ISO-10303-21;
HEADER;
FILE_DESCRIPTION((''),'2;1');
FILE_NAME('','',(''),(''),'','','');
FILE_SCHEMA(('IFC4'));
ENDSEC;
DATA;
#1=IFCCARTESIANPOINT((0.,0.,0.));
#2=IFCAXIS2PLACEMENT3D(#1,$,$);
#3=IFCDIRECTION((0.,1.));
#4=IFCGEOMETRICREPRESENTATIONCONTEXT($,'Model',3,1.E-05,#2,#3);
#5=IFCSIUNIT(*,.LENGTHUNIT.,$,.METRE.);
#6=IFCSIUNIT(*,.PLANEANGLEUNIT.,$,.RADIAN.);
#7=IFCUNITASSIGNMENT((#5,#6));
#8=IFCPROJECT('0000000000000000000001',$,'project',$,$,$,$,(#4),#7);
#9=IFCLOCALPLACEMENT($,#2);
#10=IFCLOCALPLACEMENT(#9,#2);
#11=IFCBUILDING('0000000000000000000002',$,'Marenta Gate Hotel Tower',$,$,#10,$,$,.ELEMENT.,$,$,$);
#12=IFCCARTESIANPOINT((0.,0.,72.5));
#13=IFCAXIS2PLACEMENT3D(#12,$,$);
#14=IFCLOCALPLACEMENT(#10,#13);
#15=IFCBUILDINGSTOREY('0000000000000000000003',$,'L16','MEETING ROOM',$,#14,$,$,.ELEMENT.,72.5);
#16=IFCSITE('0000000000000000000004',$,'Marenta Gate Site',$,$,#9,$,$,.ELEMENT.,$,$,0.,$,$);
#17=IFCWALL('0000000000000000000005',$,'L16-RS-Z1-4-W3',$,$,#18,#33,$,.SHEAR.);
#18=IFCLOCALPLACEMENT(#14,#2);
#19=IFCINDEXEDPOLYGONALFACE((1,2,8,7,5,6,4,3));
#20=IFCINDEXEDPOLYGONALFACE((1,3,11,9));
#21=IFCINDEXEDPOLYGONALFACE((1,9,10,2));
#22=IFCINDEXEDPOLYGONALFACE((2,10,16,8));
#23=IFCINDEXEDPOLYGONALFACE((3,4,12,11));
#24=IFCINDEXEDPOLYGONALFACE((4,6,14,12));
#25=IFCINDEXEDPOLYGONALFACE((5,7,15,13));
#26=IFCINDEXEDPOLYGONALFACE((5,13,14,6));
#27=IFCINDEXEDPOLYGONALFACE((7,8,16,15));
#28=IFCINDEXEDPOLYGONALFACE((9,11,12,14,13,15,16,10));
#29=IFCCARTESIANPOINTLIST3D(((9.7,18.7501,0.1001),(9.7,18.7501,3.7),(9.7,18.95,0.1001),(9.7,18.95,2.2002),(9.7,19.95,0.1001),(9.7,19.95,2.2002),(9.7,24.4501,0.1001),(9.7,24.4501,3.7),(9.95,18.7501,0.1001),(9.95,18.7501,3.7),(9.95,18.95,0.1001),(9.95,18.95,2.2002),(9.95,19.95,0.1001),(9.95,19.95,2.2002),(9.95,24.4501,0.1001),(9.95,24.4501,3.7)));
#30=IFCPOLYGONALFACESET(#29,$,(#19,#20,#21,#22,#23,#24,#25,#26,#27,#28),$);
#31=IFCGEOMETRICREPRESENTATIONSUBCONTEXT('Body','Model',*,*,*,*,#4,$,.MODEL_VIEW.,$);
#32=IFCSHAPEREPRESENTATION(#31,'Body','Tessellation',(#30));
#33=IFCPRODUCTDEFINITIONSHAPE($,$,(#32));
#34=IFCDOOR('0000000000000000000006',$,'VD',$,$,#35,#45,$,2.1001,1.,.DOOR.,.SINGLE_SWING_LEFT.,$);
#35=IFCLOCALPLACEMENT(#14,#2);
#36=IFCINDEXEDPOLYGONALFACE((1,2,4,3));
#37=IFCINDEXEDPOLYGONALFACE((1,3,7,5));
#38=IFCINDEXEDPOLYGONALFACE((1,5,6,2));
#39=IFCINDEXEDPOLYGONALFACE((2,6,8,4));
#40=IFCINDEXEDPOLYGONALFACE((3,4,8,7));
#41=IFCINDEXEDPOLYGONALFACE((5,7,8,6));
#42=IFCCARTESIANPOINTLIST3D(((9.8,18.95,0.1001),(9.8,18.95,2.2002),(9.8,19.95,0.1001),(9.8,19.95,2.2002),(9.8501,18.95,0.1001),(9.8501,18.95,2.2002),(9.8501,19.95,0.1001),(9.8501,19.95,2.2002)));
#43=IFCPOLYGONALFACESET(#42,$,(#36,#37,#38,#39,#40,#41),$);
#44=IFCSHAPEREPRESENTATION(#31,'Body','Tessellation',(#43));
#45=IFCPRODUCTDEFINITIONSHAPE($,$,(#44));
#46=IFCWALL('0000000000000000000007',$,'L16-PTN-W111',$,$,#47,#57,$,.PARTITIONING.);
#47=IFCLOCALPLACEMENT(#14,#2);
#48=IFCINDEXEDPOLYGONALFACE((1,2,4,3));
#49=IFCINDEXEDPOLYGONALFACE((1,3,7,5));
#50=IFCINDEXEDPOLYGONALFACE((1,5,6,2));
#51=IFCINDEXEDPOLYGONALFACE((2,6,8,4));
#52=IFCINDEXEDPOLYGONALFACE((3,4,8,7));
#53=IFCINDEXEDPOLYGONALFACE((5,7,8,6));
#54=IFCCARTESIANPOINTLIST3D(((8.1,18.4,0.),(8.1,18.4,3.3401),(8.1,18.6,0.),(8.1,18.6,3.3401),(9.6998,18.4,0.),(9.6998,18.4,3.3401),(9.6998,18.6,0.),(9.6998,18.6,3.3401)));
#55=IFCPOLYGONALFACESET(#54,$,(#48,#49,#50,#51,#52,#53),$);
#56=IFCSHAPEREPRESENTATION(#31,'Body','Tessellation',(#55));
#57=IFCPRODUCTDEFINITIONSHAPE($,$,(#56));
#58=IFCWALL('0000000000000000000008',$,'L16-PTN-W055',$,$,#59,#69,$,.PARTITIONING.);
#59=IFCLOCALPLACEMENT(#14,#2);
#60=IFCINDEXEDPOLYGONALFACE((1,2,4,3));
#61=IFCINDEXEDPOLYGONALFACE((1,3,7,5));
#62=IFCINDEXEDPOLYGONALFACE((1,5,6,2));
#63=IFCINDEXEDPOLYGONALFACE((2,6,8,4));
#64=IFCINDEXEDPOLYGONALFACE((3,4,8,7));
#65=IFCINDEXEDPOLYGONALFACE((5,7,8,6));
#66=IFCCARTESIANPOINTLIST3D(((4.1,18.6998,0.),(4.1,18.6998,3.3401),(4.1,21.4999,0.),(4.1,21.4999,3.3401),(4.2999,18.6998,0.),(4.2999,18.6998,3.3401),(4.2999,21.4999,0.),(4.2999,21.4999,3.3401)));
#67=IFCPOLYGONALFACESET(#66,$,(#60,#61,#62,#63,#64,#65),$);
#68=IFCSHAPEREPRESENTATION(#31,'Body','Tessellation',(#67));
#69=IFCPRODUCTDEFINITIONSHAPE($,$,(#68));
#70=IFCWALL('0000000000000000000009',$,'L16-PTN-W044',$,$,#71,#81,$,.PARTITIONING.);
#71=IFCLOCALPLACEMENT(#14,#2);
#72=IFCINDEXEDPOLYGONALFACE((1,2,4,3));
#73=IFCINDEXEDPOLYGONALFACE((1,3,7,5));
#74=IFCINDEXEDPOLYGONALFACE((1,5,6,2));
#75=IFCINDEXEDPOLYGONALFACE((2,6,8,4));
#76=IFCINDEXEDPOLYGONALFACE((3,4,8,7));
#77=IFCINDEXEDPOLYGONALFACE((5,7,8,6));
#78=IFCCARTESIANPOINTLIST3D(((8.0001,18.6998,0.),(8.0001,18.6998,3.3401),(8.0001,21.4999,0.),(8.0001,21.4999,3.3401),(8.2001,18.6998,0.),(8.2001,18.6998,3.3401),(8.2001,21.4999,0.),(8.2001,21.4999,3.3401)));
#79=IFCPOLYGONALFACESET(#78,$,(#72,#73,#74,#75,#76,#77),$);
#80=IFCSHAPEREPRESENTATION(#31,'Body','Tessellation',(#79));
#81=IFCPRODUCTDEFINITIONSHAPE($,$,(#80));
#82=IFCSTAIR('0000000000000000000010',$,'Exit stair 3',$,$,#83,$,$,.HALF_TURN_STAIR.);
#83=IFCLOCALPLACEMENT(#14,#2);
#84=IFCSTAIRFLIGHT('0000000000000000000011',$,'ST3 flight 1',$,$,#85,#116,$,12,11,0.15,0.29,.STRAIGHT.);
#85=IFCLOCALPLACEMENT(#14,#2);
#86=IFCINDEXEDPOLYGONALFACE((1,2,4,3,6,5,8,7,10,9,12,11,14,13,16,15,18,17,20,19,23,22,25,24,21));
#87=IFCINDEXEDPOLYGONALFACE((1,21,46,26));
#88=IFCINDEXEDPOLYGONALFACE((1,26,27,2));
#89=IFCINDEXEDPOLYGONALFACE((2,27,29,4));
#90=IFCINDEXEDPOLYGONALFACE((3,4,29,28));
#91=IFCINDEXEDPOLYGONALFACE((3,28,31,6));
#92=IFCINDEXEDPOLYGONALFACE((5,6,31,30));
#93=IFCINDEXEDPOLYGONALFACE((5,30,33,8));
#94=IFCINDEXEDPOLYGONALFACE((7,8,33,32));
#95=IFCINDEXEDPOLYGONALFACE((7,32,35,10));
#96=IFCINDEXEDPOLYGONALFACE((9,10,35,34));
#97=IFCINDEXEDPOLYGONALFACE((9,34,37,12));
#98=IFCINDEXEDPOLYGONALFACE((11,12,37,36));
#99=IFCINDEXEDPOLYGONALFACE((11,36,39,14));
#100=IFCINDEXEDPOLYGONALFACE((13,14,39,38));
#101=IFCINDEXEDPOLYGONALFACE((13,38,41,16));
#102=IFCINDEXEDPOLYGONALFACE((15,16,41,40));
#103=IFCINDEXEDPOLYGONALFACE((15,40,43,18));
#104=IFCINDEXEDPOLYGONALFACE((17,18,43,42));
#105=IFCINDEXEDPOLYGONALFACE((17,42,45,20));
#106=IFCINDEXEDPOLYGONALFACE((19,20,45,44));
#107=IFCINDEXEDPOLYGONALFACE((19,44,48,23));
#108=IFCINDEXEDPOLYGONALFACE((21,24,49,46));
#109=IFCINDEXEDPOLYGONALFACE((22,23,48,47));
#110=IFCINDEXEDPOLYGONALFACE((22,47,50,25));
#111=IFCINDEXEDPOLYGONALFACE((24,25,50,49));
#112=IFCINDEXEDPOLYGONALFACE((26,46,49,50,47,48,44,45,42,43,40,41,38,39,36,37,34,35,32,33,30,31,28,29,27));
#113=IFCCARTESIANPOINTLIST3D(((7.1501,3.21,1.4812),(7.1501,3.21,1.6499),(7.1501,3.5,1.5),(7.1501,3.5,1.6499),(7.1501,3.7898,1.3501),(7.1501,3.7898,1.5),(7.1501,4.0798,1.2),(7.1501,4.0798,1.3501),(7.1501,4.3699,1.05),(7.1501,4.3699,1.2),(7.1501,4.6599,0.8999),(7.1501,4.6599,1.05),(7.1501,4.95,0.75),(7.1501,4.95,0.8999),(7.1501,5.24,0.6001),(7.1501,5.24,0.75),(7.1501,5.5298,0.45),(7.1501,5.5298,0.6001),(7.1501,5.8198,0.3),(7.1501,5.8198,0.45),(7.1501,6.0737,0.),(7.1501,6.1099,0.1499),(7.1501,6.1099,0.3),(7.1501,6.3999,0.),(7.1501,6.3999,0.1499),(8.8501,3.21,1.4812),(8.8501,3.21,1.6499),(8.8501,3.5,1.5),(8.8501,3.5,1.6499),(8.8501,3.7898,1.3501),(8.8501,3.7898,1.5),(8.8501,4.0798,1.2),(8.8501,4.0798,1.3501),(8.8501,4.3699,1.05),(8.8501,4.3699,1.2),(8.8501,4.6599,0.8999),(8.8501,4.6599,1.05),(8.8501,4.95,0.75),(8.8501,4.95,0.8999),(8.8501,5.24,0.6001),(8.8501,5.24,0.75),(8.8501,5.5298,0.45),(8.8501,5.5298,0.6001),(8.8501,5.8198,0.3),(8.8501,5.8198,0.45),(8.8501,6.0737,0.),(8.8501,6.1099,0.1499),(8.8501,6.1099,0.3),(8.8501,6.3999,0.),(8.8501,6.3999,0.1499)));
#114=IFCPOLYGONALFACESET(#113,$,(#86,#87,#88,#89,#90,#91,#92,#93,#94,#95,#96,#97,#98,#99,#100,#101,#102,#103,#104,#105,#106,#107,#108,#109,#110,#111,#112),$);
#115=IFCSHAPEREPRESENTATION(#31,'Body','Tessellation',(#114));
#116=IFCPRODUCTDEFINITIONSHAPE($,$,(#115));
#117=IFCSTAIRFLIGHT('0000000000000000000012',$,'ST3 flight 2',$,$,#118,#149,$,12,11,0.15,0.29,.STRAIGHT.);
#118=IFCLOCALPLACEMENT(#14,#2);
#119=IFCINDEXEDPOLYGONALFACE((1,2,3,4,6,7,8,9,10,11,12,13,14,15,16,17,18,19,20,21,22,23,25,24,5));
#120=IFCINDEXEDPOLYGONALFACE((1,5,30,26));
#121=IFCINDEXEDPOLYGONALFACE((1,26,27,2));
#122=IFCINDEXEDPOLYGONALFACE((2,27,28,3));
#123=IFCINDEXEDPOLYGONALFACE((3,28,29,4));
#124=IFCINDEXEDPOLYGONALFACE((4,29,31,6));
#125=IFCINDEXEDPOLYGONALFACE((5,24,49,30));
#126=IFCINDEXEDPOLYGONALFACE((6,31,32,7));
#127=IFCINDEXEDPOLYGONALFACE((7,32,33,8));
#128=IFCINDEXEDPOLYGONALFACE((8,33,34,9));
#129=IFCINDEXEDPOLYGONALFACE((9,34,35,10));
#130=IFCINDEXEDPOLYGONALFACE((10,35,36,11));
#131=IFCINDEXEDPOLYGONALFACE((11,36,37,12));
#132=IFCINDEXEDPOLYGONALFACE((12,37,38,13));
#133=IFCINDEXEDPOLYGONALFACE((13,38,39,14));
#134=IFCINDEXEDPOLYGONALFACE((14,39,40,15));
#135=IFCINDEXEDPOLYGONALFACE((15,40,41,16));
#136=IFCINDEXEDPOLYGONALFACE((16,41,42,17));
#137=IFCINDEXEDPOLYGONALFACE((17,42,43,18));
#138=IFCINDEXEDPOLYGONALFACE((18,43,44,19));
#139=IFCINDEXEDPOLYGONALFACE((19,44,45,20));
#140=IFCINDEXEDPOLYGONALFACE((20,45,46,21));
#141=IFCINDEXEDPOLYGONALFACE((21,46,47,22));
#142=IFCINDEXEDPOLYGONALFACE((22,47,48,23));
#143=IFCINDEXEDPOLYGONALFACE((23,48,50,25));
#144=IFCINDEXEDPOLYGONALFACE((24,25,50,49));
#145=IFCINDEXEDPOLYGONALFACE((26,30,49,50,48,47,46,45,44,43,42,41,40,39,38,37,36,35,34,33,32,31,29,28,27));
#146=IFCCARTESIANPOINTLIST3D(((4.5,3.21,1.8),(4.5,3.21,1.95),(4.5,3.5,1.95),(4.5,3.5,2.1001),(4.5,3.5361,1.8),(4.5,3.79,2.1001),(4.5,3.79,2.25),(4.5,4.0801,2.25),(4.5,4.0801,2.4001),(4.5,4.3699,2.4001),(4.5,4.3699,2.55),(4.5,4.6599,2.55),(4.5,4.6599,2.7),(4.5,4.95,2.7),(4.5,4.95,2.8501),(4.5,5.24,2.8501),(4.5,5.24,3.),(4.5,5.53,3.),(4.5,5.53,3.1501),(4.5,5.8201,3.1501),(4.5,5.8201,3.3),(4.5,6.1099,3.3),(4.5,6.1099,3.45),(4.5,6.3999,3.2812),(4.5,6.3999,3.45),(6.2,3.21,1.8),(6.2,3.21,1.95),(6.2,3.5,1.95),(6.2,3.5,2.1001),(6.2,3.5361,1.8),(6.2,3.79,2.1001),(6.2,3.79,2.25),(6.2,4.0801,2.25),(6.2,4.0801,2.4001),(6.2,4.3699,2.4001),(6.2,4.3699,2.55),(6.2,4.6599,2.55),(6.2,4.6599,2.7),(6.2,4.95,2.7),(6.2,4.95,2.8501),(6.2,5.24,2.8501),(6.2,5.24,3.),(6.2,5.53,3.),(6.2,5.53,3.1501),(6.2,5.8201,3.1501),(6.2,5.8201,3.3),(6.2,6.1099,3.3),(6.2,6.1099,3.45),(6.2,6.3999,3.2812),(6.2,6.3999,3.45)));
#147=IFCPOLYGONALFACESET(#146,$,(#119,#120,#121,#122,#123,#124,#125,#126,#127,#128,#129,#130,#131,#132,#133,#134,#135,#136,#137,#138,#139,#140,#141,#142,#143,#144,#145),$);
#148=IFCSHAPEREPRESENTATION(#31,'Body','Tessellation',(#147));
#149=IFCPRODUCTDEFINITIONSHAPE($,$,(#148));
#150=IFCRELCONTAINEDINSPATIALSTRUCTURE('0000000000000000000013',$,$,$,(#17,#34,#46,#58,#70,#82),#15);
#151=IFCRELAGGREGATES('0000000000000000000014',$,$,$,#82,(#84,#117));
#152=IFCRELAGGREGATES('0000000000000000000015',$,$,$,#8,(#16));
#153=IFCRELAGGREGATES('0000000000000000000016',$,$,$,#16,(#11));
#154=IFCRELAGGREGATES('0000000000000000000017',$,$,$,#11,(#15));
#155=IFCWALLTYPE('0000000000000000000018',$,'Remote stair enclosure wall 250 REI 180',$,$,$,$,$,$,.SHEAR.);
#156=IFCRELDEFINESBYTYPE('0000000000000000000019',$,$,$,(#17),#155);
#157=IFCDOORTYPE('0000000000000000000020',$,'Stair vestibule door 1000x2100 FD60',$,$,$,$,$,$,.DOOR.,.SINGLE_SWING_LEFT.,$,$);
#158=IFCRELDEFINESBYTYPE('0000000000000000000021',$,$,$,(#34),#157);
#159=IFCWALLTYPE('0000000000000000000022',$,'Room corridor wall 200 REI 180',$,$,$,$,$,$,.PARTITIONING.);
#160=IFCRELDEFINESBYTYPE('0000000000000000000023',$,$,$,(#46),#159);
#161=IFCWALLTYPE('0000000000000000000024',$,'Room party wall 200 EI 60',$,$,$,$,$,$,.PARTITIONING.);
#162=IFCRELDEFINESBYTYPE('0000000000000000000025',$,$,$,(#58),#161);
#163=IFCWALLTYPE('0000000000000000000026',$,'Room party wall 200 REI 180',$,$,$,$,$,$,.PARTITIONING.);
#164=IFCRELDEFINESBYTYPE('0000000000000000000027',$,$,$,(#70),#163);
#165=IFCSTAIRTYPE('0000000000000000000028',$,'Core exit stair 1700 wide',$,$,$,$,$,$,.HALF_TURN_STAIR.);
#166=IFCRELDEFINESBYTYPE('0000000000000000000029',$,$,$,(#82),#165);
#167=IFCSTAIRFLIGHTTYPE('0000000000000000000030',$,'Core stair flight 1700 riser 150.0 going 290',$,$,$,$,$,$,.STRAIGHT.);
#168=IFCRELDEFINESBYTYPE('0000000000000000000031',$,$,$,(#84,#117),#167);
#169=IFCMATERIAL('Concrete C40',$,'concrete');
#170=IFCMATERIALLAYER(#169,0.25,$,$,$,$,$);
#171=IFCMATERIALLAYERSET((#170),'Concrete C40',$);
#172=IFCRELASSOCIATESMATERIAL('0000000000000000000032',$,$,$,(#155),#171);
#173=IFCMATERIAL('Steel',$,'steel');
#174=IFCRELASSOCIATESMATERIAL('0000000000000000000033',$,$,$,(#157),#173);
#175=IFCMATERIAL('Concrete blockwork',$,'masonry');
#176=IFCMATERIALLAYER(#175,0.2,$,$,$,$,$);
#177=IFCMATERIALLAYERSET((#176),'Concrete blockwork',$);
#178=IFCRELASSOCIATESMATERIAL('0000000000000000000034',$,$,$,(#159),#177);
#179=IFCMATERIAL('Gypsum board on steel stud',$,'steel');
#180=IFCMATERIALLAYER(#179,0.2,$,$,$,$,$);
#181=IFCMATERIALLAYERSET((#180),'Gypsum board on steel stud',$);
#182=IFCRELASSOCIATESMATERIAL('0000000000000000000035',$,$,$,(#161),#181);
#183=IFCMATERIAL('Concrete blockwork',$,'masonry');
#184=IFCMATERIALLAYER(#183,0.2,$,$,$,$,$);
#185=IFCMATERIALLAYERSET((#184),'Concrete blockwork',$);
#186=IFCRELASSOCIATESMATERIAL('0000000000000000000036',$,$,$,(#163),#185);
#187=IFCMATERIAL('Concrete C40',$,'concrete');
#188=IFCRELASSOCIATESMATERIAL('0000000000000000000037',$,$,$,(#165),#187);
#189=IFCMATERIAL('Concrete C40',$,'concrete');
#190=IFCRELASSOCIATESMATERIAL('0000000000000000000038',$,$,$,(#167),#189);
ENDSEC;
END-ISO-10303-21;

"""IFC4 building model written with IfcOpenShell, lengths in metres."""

from ifc_helpers import new_model, si_unit, direction, frame, frame_2d, origin, place, context, subcontext, project, spatial, polyline, rectangle, outline, extrude, material, layer, layer_set, type_object, element, fill, aggregate, save


model = new_model("IFC4")

# Units and contexts
model_context = context("Model", 3, precision=1e-05, world=origin(), true_north=direction((0.0, 1.0)))
body_context = subcontext(model_context, "Body", "Model", "MODEL_VIEW")
ifc_project = project(units=[si_unit("LENGTHUNIT", "METRE"), si_unit("PLANEANGLEUNIT", "RADIAN")], contexts=[model_context])

# Site, building, storey
site_placement = place(None, origin())
site = spatial("IfcSite", under=ifc_project, at=site_placement, Name="Marenta Gate Site", CompositionType="ELEMENT", RefElevation=0.0)
building_placement = place(site_placement, origin())
building = spatial("IfcBuilding", under=site, at=building_placement, Name="Marenta Gate Hotel Tower", CompositionType="ELEMENT")
storey_placement = place(building_placement, frame((0.0, 0.0, 72.5)))
storey = spatial("IfcBuildingStorey", under=building, at=storey_placement, Name="L16", Description="MEETING ROOM", CompositionType="ELEMENT", Elevation=72.5)

# Shared definitions
ifc_material_1 = material(Name="Concrete C40", Category="concrete")
ifc_layer_1 = layer(ifc_material_1, 0.25)
ifc_layer_set_1 = layer_set([ifc_layer_1], Name="Concrete C40")
wall_type_1 = type_object("IfcWallType", Name="Remote stair enclosure wall 250 REI 180", PredefinedType="SHEAR", material=ifc_layer_set_1)

# Wall, opening, door
wall_1_placement = place(storey_placement, frame((9.825, 18.75, 0.1001), z_axis=(0.0, 0.0, 1.0), x_axis=(0.0, 1.0, 0.0)))
wall_1 = element("IfcWall", 1, at=wall_1_placement, inside=storey, type_object=wall_type_1, Name="L16-RS-Z1-4-W3", PredefinedType="SHEAR", context=body_context, shape_type="SweptSolid", body=[
    extrude(rectangle(XDim=5.7, YDim=0.25, at=frame_2d((2.8501, 0.0))), origin(), (0.0, 0.0, 1.0), 3.5999),
])
opening_1_placement = place(wall_1_placement, frame((0.2, 0.0, 0.0)))
opening_1 = element("IfcOpeningElement", 2, at=opening_1_placement, cuts=wall_1, PredefinedType="OPENING", context=body_context, shape_type="SweptSolid", body=[
    extrude(rectangle(XDim=1.0, YDim=2.1001, at=frame_2d((0.5, 1.05))), frame((0.0, 0.125, 0.0), z_axis=(0.0, -1.0, 0.0), x_axis=(1.0, 0.0, 0.0)), (0.0, 0.0, 1.0), 0.25),
])
ifc_material_2 = material(Name="Steel", Category="steel")
door_type_1 = type_object("IfcDoorType", Name="Stair vestibule door 1000x2100 FD60", OperationType="SINGLE_SWING_LEFT", PredefinedType="DOOR", material=ifc_material_2)
door_1_placement = place(opening_1_placement, origin())
door_1 = element("IfcDoor", 3, at=door_1_placement, inside=storey, type_object=door_type_1, Name="VD", OperationType="SINGLE_SWING_LEFT", OverallHeight=2.1001, OverallWidth=1.0, PredefinedType="DOOR", context=body_context, shape_type="SweptSolid", body=[
    extrude(rectangle(XDim=1.0, YDim=2.1001, at=frame_2d((0.5, 1.05))), frame((0.0, 0.0249, 0.0), z_axis=(0.0, -1.0, 0.0), x_axis=(1.0, 0.0, 0.0)), (0.0, 0.0, 1.0), 0.05),
])
fill(opening_1, door_1)

# Walls
ifc_material_3 = material(Name="Concrete blockwork", Category="masonry")
ifc_layer_2 = layer(ifc_material_3, 0.2)
ifc_layer_set_2 = layer_set([ifc_layer_2], Name="Concrete blockwork")
wall_type_2 = type_object("IfcWallType", Name="Room corridor wall 200 REI 180", PredefinedType="PARTITIONING", material=ifc_layer_set_2)
wall_2_placement = place(storey_placement, frame((8.1001, 18.5, 0.0), z_axis=(0.0, 0.0, 1.0), x_axis=(1.0, 0.0, 0.0)))
element("IfcWall", 4, at=wall_2_placement, inside=storey, type_object=wall_type_2, Name="L16-PTN-W111", PredefinedType="PARTITIONING", context=body_context, shape_type="SweptSolid", body=[
    extrude(rectangle(XDim=1.5999, YDim=0.2, at=frame_2d((0.7998, 0.0))), origin(), (0.0, 0.0, 1.0), 3.3401),
])
ifc_material_4 = material(Name="Gypsum board on steel stud", Category="steel")
ifc_layer_3 = layer(ifc_material_4, 0.2)
ifc_layer_set_3 = layer_set([ifc_layer_3], Name="Gypsum board on steel stud")
wall_type_3 = type_object("IfcWallType", Name="Room party wall 200 EI 60", PredefinedType="PARTITIONING", material=ifc_layer_set_3)
wall_3_placement = place(storey_placement, frame((4.2, 18.7, 0.0), z_axis=(0.0, 0.0, 1.0), x_axis=(0.0, 1.0, 0.0)))
element("IfcWall", 5, at=wall_3_placement, inside=storey, type_object=wall_type_3, Name="L16-PTN-W055", PredefinedType="PARTITIONING", context=body_context, shape_type="SweptSolid", body=[
    extrude(rectangle(XDim=2.8, YDim=0.2, at=frame_2d((1.3999, 0.0))), origin(), (0.0, 0.0, 1.0), 3.3401),
])
ifc_material_5 = material(Name="Concrete blockwork", Category="masonry")
ifc_layer_4 = layer(ifc_material_5, 0.2)
ifc_layer_set_4 = layer_set([ifc_layer_4], Name="Concrete blockwork")
wall_type_4 = type_object("IfcWallType", Name="Room party wall 200 REI 180", PredefinedType="PARTITIONING", material=ifc_layer_set_4)
wall_4_placement = place(storey_placement, frame((8.1001, 18.7, 0.0), z_axis=(0.0, 0.0, 1.0), x_axis=(0.0, 1.0, 0.0)))
element("IfcWall", 6, at=wall_4_placement, inside=storey, type_object=wall_type_4, Name="L16-PTN-W044", PredefinedType="PARTITIONING", context=body_context, shape_type="SweptSolid", body=[
    extrude(rectangle(XDim=2.8, YDim=0.2, at=frame_2d((1.3999, 0.0))), origin(), (0.0, 0.0, 1.0), 3.3401),
])

# Stair, stair flights
ifc_material_6 = material(Name="Concrete C40", Category="concrete")
stair_type = type_object("IfcStairType", Name="Core exit stair 1700 wide", PredefinedType="HALF_TURN_STAIR", material=ifc_material_6)
stair_1_placement = place(storey_placement, origin())
stair_1 = element("IfcStair", 7, at=stair_1_placement, inside=storey, type_object=stair_type, Name="Exit stair 3", PredefinedType="HALF_TURN_STAIR")
ifc_material_7 = material(Name="Concrete C40", Category="concrete")
stair_flight_type = type_object("IfcStairFlightType", Name="Core stair flight 1700 riser 150.0 going 290", PredefinedType="STRAIGHT", material=ifc_material_7)
stair_flight_1_placement = place(storey_placement, frame((8.0, 6.3999, 0.0), z_axis=(0.0, 0.0, 1.0), x_axis=(0.0, -1.0, 0.0)))
stair_flight_1 = element("IfcStairFlight", 8, at=stair_flight_1_placement, type_object=stair_flight_type, Name="ST3 flight 1", NumberOfRisers=12, NumberOfTreads=11, PredefinedType="STRAIGHT", RiserHeight=0.15, TreadLength=0.29, context=body_context, shape_type="SweptSolid", body=[
    extrude(outline(polyline([(0.0, 0.0), (0.0, 0.1499), (0.29, 0.1499), (0.29, 0.3), (0.5801, 0.3), (0.5801, 0.45), (0.8701, 0.45), (0.8701, 0.6001), (1.1599, 0.6001), (1.1599, 0.75), (1.45, 0.75), (1.45, 0.8999), (1.74, 0.8999), (1.74, 1.05), (2.03, 1.05), (2.03, 1.2), (2.3201, 1.2), (2.3201, 1.3501), (2.6101, 1.3501), (2.6101, 1.5), (2.8999, 1.5), (2.8999, 1.6499), (3.1899, 1.6499), (3.1899, 1.8), (3.1899, 1.4812), (0.3262, 0.0), (0.0, 0.0)])), frame((0.0, 0.8501, 0.0), z_axis=(0.0, -1.0, 0.0), x_axis=(1.0, 0.0, 0.0)), (0.0, 0.0, 1.0), 1.7),
])
stair_flight_2_placement = place(storey_placement, frame((5.3501, 3.21, 1.8), z_axis=(0.0, 0.0, 1.0), x_axis=(0.0, 1.0, 0.0)))
stair_flight_2 = element("IfcStairFlight", 9, at=stair_flight_2_placement, type_object=stair_flight_type, Name="ST3 flight 2", NumberOfRisers=12, NumberOfTreads=11, PredefinedType="STRAIGHT", RiserHeight=0.15, TreadLength=0.29, context=body_context, shape_type="SweptSolid", body=[
    extrude(outline(polyline([(0.0, 0.0), (0.0, 0.1499), (0.29, 0.1499), (0.29, 0.3), (0.5801, 0.3), (0.5801, 0.45), (0.8701, 0.45), (0.8701, 0.6001), (1.1599, 0.6001), (1.1599, 0.75), (1.45, 0.75), (1.45, 0.8999), (1.74, 0.8999), (1.74, 1.05), (2.03, 1.05), (2.03, 1.2), (2.3201, 1.2), (2.3201, 1.3501), (2.6101, 1.3501), (2.6101, 1.5), (2.8999, 1.5), (2.8999, 1.6499), (3.1899, 1.6499), (3.1899, 1.8), (3.1899, 1.4812), (0.3262, 0.0), (0.0, 0.0)])), frame((0.0, 0.8501, 0.0), z_axis=(0.0, -1.0, 0.0), x_axis=(1.0, 0.0, 0.0)), (0.0, 0.0, 1.0), 1.7),
])
aggregate(stair_1, [stair_flight_1, stair_flight_2])

save(model, "model.ifc")
